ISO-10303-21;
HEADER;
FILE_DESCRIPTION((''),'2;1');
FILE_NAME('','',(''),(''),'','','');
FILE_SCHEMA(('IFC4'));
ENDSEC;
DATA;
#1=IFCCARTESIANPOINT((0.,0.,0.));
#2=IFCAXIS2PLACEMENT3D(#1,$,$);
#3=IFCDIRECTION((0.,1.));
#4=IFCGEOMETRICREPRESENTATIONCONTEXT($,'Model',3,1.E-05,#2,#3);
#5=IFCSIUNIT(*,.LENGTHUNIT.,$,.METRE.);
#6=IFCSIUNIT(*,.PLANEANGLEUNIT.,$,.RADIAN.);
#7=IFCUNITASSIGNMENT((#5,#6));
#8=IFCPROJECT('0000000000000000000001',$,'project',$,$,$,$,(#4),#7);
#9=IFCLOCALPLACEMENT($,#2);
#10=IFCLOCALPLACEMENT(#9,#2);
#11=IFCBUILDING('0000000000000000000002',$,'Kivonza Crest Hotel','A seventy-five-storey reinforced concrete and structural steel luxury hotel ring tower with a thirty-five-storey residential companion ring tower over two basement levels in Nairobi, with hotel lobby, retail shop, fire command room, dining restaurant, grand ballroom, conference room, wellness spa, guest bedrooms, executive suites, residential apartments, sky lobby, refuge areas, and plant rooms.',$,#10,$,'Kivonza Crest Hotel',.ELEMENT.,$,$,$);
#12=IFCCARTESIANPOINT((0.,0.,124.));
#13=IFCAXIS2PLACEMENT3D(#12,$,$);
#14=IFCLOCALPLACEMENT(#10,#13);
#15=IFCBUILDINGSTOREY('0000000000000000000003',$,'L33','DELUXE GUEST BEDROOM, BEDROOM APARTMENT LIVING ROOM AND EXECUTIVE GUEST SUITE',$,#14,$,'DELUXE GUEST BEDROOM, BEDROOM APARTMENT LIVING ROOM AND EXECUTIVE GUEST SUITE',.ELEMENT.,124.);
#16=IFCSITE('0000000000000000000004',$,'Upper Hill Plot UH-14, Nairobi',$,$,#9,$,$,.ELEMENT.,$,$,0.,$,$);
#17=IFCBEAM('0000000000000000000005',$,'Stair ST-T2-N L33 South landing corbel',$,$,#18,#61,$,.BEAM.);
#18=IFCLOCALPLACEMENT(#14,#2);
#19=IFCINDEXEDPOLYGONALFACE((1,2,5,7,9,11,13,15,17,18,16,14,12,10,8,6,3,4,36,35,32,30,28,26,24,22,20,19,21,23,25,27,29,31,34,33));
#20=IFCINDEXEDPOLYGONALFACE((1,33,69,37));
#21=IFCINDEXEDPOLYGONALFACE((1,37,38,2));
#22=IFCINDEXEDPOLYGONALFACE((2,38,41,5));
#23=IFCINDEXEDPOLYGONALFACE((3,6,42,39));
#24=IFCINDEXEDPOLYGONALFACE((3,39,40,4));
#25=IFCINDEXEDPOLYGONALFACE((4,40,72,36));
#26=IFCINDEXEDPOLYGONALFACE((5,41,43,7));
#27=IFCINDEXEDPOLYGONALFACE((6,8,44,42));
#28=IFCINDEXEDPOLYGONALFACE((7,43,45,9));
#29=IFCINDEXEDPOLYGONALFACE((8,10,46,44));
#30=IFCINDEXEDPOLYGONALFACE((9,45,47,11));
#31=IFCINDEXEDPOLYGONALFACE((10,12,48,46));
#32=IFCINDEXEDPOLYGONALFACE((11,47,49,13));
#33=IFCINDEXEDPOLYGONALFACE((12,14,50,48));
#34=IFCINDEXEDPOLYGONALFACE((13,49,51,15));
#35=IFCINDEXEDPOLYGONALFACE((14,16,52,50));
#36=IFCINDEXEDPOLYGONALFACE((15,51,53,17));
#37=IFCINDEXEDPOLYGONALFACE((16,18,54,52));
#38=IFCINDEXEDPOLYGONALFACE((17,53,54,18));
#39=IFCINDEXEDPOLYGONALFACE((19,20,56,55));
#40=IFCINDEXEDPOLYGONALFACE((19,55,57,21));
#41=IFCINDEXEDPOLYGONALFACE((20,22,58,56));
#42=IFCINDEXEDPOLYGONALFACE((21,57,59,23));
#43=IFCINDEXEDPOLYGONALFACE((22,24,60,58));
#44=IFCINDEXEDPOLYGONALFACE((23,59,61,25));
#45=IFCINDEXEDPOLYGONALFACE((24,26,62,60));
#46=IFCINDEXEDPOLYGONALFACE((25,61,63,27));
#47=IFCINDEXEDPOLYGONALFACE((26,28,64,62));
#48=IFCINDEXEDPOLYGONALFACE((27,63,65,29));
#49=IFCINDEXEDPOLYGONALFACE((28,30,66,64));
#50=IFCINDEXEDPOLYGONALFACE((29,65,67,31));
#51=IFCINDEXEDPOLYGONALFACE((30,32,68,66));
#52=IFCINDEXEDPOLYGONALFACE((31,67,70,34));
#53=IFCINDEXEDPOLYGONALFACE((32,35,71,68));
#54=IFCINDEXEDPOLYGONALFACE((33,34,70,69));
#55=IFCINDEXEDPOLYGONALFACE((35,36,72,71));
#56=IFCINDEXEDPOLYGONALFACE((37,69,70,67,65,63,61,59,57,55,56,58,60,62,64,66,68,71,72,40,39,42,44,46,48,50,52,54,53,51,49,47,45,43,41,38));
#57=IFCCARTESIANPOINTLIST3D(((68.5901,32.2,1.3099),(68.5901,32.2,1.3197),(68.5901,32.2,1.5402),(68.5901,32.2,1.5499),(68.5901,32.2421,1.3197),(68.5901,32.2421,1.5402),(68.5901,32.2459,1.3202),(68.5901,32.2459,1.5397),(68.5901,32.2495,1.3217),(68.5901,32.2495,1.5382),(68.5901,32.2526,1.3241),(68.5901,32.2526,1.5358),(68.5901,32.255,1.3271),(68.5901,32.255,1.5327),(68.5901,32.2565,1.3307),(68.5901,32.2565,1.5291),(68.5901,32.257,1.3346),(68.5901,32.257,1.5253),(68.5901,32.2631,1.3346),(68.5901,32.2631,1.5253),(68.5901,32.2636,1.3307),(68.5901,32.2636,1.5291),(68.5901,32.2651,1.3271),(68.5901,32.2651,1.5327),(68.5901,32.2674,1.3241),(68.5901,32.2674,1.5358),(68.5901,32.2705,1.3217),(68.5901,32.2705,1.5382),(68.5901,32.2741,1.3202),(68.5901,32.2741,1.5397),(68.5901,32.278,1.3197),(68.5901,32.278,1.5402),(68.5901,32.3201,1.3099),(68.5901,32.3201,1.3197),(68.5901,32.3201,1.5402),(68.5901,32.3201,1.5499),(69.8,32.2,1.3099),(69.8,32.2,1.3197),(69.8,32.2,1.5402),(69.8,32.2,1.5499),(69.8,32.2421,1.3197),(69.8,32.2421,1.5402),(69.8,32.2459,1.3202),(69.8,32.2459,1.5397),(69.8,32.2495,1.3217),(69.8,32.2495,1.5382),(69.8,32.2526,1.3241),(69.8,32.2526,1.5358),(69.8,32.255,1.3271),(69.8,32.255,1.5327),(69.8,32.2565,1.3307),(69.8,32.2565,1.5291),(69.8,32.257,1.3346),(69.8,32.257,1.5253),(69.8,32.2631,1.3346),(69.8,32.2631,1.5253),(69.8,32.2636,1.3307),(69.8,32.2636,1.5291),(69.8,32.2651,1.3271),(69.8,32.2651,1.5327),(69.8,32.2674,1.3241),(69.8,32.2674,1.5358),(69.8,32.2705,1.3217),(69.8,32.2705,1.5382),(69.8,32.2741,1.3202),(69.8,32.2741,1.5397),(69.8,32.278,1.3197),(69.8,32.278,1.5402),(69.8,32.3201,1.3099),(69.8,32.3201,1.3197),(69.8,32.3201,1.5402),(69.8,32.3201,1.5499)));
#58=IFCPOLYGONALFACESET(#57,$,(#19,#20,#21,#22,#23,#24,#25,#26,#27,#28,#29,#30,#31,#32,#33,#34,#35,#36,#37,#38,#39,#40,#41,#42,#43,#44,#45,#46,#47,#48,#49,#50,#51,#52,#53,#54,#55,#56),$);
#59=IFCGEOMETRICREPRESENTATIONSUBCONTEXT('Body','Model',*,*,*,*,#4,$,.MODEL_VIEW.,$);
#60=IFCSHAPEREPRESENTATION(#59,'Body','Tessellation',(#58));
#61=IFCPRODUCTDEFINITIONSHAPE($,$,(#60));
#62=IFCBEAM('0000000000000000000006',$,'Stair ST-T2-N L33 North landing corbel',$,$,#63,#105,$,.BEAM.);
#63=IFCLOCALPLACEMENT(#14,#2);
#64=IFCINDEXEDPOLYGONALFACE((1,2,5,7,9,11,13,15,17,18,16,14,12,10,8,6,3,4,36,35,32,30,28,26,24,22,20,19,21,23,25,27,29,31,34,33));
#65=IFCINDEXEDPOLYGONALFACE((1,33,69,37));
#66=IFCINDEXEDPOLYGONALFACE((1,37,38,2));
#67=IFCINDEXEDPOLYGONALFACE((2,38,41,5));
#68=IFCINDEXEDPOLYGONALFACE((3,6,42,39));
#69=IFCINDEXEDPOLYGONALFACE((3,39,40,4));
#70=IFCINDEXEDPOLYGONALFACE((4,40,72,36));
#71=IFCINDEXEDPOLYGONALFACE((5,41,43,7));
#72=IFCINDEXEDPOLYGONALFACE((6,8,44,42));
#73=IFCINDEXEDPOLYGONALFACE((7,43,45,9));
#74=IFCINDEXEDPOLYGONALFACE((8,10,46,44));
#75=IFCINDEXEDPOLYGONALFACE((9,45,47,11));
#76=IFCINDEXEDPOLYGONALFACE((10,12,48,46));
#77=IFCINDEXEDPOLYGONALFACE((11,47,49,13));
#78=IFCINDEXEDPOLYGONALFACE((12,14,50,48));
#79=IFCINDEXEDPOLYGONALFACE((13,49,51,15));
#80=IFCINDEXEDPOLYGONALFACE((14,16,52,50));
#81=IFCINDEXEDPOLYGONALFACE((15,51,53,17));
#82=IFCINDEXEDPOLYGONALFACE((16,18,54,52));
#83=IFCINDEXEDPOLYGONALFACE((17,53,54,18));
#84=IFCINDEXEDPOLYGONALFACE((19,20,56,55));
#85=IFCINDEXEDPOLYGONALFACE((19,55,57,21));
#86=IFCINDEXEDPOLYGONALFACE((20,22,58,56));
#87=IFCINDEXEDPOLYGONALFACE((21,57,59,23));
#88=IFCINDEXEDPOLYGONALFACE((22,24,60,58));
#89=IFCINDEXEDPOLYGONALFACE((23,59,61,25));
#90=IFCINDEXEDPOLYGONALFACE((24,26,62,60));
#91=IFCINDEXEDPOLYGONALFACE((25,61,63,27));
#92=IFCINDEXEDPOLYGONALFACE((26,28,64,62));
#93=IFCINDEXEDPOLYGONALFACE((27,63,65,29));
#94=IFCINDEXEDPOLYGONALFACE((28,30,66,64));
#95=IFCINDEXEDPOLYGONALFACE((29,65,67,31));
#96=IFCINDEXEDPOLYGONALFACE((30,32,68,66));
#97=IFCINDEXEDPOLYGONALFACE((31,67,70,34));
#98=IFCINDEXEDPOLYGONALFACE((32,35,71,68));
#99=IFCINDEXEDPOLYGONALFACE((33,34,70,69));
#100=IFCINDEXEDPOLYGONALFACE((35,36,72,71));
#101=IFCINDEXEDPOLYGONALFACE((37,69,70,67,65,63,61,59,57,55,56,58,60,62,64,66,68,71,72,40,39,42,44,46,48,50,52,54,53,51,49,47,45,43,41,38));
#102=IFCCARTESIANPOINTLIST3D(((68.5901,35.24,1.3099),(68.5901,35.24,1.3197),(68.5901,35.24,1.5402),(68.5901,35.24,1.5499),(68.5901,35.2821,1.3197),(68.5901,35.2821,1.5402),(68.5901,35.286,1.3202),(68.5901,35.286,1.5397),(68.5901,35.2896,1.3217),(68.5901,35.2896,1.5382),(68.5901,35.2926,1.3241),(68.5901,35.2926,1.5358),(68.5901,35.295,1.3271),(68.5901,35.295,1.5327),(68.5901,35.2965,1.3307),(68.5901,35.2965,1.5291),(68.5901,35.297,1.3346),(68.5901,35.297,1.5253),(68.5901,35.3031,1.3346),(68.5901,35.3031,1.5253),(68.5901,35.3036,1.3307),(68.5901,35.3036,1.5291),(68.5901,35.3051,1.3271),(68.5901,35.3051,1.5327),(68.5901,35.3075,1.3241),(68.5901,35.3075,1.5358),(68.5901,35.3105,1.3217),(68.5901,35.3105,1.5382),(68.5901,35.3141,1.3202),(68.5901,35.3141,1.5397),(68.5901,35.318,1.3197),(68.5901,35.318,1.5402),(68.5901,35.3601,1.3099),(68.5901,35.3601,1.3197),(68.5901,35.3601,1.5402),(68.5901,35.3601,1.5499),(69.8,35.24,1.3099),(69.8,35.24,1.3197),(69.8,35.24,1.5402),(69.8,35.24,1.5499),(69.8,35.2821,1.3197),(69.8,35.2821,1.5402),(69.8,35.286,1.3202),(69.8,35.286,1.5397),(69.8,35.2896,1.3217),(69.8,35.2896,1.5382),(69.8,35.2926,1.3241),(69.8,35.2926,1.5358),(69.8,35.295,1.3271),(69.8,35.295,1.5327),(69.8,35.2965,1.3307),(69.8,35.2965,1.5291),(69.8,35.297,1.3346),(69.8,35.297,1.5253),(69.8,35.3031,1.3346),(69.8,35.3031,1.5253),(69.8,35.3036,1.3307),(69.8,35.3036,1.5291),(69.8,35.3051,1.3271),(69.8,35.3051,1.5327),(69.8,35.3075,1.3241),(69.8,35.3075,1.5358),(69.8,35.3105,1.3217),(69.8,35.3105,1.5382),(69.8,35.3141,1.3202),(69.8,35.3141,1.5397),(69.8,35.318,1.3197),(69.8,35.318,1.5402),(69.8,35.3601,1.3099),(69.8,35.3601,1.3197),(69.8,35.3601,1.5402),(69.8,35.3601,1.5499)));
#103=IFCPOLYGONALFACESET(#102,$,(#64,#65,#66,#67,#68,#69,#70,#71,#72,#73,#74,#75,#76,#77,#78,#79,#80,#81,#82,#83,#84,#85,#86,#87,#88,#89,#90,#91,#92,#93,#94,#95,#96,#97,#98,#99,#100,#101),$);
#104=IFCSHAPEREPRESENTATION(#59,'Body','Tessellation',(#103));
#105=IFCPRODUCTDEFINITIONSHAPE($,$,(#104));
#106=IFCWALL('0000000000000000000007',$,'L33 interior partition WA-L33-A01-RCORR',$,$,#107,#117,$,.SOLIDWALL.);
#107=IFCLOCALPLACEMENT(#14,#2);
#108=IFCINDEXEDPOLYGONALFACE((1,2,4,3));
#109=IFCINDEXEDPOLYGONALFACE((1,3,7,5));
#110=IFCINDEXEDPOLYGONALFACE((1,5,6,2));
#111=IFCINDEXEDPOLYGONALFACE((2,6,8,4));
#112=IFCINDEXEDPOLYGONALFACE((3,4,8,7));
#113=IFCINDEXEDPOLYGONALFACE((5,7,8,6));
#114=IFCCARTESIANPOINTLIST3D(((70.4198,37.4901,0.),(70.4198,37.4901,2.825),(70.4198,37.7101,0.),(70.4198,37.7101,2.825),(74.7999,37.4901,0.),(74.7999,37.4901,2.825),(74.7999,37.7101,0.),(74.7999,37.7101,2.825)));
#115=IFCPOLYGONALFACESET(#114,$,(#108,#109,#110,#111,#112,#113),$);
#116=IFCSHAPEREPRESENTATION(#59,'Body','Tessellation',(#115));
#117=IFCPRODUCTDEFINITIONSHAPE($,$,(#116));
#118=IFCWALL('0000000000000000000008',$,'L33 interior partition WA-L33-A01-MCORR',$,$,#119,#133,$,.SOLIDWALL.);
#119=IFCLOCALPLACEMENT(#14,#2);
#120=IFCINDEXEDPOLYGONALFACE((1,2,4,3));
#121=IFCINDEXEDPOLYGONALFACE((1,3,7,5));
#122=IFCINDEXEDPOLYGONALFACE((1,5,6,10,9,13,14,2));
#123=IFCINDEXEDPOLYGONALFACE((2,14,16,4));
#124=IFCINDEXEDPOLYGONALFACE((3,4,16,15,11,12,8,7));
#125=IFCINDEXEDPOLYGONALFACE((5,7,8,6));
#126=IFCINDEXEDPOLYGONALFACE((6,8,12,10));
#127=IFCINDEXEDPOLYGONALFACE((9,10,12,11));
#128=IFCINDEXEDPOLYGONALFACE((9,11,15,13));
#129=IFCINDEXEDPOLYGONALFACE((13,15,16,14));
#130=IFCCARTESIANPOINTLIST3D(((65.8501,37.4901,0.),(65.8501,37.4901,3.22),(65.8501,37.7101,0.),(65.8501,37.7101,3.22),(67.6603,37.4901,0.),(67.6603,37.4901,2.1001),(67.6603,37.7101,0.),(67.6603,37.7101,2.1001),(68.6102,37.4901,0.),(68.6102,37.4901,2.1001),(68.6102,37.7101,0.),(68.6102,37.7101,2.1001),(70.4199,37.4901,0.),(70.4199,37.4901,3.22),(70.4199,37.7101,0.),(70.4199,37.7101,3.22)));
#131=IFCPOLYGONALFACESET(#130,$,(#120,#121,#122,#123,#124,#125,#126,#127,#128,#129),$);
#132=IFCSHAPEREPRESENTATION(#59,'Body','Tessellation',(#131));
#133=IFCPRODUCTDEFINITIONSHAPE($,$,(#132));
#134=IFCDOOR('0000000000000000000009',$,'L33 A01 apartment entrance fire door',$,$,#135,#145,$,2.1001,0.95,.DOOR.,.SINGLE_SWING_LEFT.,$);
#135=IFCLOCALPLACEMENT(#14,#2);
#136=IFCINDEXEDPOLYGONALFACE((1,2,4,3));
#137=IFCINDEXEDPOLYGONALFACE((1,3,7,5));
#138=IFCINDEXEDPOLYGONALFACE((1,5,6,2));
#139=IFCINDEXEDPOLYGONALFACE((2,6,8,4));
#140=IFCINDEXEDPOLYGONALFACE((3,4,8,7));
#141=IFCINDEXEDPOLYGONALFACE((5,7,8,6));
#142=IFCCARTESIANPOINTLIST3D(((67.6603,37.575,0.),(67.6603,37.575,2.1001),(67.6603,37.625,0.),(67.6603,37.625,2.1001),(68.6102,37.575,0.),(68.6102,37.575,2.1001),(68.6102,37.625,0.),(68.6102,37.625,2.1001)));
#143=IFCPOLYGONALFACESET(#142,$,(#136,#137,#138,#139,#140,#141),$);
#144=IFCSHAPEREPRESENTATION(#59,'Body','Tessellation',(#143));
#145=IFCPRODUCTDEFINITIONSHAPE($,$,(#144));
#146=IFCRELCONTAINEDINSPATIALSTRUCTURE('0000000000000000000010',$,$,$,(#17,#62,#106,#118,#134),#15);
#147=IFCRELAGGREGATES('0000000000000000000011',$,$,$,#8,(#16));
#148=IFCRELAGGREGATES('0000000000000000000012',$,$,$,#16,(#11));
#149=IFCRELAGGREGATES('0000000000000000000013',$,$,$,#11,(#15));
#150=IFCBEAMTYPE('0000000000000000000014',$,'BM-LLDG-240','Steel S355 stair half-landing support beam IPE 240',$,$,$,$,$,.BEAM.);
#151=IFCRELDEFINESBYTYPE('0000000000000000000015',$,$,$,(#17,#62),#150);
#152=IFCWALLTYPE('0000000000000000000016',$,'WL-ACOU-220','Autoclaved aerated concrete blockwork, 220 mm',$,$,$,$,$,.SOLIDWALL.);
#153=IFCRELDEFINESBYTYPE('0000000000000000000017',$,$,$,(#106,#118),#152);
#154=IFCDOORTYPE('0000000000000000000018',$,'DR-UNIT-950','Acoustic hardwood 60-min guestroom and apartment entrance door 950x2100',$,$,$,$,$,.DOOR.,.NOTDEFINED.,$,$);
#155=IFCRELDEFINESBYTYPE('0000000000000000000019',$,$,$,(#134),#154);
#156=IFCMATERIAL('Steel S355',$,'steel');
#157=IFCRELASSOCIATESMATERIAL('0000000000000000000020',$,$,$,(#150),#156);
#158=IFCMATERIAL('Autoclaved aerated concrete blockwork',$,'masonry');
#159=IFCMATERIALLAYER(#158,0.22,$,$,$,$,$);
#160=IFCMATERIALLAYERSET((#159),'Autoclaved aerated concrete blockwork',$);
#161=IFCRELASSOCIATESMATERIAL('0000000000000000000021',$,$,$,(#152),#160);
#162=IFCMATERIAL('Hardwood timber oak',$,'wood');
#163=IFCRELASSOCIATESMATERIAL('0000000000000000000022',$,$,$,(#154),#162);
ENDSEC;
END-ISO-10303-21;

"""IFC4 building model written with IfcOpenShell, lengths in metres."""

from ifc_helpers import new_model, si_unit, direction, frame, frame_2d, origin, origin_2d, place, context, subcontext, project, spatial, rectangle, i_section, extrude, material, layer, layer_set, material_profile, profile_set, type_object, element, fill, save


model = new_model("IFC4")

# Units and contexts
model_context = context("Model", 3, precision=1e-05, world=origin(), true_north=direction((0.0, 1.0)))
body_context = subcontext(model_context, "Body", "Model", "MODEL_VIEW")
ifc_project = project(units=[si_unit("LENGTHUNIT", "METRE"), si_unit("PLANEANGLEUNIT", "RADIAN")], contexts=[model_context])

# Site, building, storey
site_placement = place(None, origin())
site = spatial("IfcSite", under=ifc_project, at=site_placement, Name="Upper Hill Plot UH-14, Nairobi", CompositionType="ELEMENT", RefElevation=0.0)
building_placement = place(site_placement, origin())
building = spatial("IfcBuilding", under=site, at=building_placement, Name="Kivonza Crest Hotel", Description="A seventy-five-storey reinforced concrete and structural steel luxury hotel ring tower with a thirty-five-storey residential companion ring tower over two basement levels in Nairobi, with hotel lobby, retail shop, fire command room, dining restaurant, grand ballroom, conference room, wellness spa, guest bedrooms, executive suites, residential apartments, sky lobby, refuge areas, and plant rooms.", LongName="Kivonza Crest Hotel", CompositionType="ELEMENT")
storey_placement = place(building_placement, frame((0.0, 0.0, 124.0)))
storey = spatial("IfcBuildingStorey", under=building, at=storey_placement, Name="L33", Description="DELUXE GUEST BEDROOM, BEDROOM APARTMENT LIVING ROOM AND EXECUTIVE GUEST SUITE", LongName="DELUXE GUEST BEDROOM, BEDROOM APARTMENT LIVING ROOM AND EXECUTIVE GUEST SUITE", CompositionType="ELEMENT", Elevation=124.0)

# Beams
ifc_material_1 = material(Name="Steel S355", Category="steel")
ifc_material_profile_1 = material_profile(ifc_material_1, i_section(OverallWidth=0.1201, OverallDepth=0.24, WebThickness=0.0061, FlangeThickness=0.0098, FilletRadius=0.0149, at=origin_2d()), Name="IPE 240")
ifc_profile_set_1 = profile_set([ifc_material_profile_1], Name="Steel S355")
beam_type_1 = type_object("IfcBeamType", Name="BM-LLDG-240", Description="Steel S355 stair half-landing support beam IPE 240", PredefinedType="BEAM", material=ifc_profile_set_1)
for number, where, z_axis, x_axis, name in (
    (1, (68.5901, 32.26, 1.4299), (1.0, 0.0, 0.0), (0.0, 1.0, 0.0), "Stair ST-T2-N L33 South landing corbel"),
    (2, (68.5901, 35.3, 1.4299), (1.0, 0.0, 0.0), (0.0, 1.0, 0.0), "Stair ST-T2-N L33 North landing corbel"),
):
    element("IfcBeam", number, at=place(storey_placement, frame(where, z_axis=z_axis, x_axis=x_axis)), inside=storey, type_object=beam_type_1, Name=name, PredefinedType="BEAM", context=body_context, shape_type="SweptSolid", body=[
        extrude(i_section(OverallWidth=0.1201, OverallDepth=0.24, WebThickness=0.0061, FlangeThickness=0.0098, FilletRadius=0.0149, at=origin_2d()), origin(), (0.0, 0.0, 1.0), 1.21),
    ])

# Wall
ifc_material_2 = material(Name="Autoclaved aerated concrete blockwork", Category="masonry")
ifc_layer_1 = layer(ifc_material_2, 0.22)
ifc_layer_set_1 = layer_set([ifc_layer_1], Name="Autoclaved aerated concrete blockwork")
wall_type_1 = type_object("IfcWallType", Name="WL-ACOU-220", Description="Autoclaved aerated concrete blockwork, 220 mm", PredefinedType="SOLIDWALL", material=ifc_layer_set_1)
wall_1_placement = place(storey_placement, frame((70.4199, 37.6001, 0.0), z_axis=(0.0, 0.0, 1.0), x_axis=(1.0, 0.0, 0.0)))
element("IfcWall", 3, at=wall_1_placement, inside=storey, type_object=wall_type_1, Name="L33 interior partition WA-L33-A01-RCORR", PredefinedType="SOLIDWALL", context=body_context, shape_type="SweptSolid", body=[
    extrude(rectangle(XDim=4.3801, YDim=0.22, at=frame_2d((2.1899, 0.0))), origin(), (0.0, 0.0, 1.0), 2.825),
])

# Wall, opening, door
wall_2_placement = place(storey_placement, frame((65.8501, 37.6001, 0.0), z_axis=(0.0, 0.0, 1.0), x_axis=(1.0, 0.0, 0.0)))
wall_2 = element("IfcWall", 4, at=wall_2_placement, inside=storey, type_object=wall_type_1, Name="L33 interior partition WA-L33-A01-MCORR", PredefinedType="SOLIDWALL", context=body_context, shape_type="SweptSolid", body=[
    extrude(rectangle(XDim=4.5698, YDim=0.22, at=frame_2d((2.2849, 0.0))), origin(), (0.0, 0.0, 1.0), 3.22),
])
opening_1_placement = place(wall_2_placement, frame((1.8101, 0.0, 0.0)))
opening_1 = element("IfcOpeningElement", 5, at=opening_1_placement, cuts=wall_2, PredefinedType="OPENING", context=body_context, shape_type="SweptSolid", body=[
    extrude(rectangle(XDim=0.95, YDim=2.1001, at=frame_2d((0.4751, 1.05))), frame((0.0, 0.1201, 0.0), z_axis=(0.0, -1.0, 0.0), x_axis=(1.0, 0.0, 0.0)), (0.0, 0.0, 1.0), 0.24),
])
ifc_material_3 = material(Name="Hardwood timber oak", Category="wood")
door_type_1 = type_object("IfcDoorType", Name="DR-UNIT-950", Description="Acoustic hardwood 60-min guestroom and apartment entrance door 950x2100", OperationType="NOTDEFINED", PredefinedType="DOOR", material=ifc_material_3)
door_1_placement = place(opening_1_placement, origin())
door_1 = element("IfcDoor", 6, at=door_1_placement, inside=storey, type_object=door_type_1, Name="L33 A01 apartment entrance fire door", OperationType="SINGLE_SWING_LEFT", OverallHeight=2.1001, OverallWidth=0.95, PredefinedType="DOOR", context=body_context, shape_type="SweptSolid", body=[
    extrude(rectangle(XDim=0.95, YDim=2.1001, at=frame_2d((0.4751, 1.05))), frame((0.0, 0.0249, 0.0), z_axis=(0.0, -1.0, 0.0), x_axis=(1.0, 0.0, 0.0)), (0.0, 0.0, 1.0), 0.05),
])
fill(opening_1, door_1)

save(model, "model.ifc")
